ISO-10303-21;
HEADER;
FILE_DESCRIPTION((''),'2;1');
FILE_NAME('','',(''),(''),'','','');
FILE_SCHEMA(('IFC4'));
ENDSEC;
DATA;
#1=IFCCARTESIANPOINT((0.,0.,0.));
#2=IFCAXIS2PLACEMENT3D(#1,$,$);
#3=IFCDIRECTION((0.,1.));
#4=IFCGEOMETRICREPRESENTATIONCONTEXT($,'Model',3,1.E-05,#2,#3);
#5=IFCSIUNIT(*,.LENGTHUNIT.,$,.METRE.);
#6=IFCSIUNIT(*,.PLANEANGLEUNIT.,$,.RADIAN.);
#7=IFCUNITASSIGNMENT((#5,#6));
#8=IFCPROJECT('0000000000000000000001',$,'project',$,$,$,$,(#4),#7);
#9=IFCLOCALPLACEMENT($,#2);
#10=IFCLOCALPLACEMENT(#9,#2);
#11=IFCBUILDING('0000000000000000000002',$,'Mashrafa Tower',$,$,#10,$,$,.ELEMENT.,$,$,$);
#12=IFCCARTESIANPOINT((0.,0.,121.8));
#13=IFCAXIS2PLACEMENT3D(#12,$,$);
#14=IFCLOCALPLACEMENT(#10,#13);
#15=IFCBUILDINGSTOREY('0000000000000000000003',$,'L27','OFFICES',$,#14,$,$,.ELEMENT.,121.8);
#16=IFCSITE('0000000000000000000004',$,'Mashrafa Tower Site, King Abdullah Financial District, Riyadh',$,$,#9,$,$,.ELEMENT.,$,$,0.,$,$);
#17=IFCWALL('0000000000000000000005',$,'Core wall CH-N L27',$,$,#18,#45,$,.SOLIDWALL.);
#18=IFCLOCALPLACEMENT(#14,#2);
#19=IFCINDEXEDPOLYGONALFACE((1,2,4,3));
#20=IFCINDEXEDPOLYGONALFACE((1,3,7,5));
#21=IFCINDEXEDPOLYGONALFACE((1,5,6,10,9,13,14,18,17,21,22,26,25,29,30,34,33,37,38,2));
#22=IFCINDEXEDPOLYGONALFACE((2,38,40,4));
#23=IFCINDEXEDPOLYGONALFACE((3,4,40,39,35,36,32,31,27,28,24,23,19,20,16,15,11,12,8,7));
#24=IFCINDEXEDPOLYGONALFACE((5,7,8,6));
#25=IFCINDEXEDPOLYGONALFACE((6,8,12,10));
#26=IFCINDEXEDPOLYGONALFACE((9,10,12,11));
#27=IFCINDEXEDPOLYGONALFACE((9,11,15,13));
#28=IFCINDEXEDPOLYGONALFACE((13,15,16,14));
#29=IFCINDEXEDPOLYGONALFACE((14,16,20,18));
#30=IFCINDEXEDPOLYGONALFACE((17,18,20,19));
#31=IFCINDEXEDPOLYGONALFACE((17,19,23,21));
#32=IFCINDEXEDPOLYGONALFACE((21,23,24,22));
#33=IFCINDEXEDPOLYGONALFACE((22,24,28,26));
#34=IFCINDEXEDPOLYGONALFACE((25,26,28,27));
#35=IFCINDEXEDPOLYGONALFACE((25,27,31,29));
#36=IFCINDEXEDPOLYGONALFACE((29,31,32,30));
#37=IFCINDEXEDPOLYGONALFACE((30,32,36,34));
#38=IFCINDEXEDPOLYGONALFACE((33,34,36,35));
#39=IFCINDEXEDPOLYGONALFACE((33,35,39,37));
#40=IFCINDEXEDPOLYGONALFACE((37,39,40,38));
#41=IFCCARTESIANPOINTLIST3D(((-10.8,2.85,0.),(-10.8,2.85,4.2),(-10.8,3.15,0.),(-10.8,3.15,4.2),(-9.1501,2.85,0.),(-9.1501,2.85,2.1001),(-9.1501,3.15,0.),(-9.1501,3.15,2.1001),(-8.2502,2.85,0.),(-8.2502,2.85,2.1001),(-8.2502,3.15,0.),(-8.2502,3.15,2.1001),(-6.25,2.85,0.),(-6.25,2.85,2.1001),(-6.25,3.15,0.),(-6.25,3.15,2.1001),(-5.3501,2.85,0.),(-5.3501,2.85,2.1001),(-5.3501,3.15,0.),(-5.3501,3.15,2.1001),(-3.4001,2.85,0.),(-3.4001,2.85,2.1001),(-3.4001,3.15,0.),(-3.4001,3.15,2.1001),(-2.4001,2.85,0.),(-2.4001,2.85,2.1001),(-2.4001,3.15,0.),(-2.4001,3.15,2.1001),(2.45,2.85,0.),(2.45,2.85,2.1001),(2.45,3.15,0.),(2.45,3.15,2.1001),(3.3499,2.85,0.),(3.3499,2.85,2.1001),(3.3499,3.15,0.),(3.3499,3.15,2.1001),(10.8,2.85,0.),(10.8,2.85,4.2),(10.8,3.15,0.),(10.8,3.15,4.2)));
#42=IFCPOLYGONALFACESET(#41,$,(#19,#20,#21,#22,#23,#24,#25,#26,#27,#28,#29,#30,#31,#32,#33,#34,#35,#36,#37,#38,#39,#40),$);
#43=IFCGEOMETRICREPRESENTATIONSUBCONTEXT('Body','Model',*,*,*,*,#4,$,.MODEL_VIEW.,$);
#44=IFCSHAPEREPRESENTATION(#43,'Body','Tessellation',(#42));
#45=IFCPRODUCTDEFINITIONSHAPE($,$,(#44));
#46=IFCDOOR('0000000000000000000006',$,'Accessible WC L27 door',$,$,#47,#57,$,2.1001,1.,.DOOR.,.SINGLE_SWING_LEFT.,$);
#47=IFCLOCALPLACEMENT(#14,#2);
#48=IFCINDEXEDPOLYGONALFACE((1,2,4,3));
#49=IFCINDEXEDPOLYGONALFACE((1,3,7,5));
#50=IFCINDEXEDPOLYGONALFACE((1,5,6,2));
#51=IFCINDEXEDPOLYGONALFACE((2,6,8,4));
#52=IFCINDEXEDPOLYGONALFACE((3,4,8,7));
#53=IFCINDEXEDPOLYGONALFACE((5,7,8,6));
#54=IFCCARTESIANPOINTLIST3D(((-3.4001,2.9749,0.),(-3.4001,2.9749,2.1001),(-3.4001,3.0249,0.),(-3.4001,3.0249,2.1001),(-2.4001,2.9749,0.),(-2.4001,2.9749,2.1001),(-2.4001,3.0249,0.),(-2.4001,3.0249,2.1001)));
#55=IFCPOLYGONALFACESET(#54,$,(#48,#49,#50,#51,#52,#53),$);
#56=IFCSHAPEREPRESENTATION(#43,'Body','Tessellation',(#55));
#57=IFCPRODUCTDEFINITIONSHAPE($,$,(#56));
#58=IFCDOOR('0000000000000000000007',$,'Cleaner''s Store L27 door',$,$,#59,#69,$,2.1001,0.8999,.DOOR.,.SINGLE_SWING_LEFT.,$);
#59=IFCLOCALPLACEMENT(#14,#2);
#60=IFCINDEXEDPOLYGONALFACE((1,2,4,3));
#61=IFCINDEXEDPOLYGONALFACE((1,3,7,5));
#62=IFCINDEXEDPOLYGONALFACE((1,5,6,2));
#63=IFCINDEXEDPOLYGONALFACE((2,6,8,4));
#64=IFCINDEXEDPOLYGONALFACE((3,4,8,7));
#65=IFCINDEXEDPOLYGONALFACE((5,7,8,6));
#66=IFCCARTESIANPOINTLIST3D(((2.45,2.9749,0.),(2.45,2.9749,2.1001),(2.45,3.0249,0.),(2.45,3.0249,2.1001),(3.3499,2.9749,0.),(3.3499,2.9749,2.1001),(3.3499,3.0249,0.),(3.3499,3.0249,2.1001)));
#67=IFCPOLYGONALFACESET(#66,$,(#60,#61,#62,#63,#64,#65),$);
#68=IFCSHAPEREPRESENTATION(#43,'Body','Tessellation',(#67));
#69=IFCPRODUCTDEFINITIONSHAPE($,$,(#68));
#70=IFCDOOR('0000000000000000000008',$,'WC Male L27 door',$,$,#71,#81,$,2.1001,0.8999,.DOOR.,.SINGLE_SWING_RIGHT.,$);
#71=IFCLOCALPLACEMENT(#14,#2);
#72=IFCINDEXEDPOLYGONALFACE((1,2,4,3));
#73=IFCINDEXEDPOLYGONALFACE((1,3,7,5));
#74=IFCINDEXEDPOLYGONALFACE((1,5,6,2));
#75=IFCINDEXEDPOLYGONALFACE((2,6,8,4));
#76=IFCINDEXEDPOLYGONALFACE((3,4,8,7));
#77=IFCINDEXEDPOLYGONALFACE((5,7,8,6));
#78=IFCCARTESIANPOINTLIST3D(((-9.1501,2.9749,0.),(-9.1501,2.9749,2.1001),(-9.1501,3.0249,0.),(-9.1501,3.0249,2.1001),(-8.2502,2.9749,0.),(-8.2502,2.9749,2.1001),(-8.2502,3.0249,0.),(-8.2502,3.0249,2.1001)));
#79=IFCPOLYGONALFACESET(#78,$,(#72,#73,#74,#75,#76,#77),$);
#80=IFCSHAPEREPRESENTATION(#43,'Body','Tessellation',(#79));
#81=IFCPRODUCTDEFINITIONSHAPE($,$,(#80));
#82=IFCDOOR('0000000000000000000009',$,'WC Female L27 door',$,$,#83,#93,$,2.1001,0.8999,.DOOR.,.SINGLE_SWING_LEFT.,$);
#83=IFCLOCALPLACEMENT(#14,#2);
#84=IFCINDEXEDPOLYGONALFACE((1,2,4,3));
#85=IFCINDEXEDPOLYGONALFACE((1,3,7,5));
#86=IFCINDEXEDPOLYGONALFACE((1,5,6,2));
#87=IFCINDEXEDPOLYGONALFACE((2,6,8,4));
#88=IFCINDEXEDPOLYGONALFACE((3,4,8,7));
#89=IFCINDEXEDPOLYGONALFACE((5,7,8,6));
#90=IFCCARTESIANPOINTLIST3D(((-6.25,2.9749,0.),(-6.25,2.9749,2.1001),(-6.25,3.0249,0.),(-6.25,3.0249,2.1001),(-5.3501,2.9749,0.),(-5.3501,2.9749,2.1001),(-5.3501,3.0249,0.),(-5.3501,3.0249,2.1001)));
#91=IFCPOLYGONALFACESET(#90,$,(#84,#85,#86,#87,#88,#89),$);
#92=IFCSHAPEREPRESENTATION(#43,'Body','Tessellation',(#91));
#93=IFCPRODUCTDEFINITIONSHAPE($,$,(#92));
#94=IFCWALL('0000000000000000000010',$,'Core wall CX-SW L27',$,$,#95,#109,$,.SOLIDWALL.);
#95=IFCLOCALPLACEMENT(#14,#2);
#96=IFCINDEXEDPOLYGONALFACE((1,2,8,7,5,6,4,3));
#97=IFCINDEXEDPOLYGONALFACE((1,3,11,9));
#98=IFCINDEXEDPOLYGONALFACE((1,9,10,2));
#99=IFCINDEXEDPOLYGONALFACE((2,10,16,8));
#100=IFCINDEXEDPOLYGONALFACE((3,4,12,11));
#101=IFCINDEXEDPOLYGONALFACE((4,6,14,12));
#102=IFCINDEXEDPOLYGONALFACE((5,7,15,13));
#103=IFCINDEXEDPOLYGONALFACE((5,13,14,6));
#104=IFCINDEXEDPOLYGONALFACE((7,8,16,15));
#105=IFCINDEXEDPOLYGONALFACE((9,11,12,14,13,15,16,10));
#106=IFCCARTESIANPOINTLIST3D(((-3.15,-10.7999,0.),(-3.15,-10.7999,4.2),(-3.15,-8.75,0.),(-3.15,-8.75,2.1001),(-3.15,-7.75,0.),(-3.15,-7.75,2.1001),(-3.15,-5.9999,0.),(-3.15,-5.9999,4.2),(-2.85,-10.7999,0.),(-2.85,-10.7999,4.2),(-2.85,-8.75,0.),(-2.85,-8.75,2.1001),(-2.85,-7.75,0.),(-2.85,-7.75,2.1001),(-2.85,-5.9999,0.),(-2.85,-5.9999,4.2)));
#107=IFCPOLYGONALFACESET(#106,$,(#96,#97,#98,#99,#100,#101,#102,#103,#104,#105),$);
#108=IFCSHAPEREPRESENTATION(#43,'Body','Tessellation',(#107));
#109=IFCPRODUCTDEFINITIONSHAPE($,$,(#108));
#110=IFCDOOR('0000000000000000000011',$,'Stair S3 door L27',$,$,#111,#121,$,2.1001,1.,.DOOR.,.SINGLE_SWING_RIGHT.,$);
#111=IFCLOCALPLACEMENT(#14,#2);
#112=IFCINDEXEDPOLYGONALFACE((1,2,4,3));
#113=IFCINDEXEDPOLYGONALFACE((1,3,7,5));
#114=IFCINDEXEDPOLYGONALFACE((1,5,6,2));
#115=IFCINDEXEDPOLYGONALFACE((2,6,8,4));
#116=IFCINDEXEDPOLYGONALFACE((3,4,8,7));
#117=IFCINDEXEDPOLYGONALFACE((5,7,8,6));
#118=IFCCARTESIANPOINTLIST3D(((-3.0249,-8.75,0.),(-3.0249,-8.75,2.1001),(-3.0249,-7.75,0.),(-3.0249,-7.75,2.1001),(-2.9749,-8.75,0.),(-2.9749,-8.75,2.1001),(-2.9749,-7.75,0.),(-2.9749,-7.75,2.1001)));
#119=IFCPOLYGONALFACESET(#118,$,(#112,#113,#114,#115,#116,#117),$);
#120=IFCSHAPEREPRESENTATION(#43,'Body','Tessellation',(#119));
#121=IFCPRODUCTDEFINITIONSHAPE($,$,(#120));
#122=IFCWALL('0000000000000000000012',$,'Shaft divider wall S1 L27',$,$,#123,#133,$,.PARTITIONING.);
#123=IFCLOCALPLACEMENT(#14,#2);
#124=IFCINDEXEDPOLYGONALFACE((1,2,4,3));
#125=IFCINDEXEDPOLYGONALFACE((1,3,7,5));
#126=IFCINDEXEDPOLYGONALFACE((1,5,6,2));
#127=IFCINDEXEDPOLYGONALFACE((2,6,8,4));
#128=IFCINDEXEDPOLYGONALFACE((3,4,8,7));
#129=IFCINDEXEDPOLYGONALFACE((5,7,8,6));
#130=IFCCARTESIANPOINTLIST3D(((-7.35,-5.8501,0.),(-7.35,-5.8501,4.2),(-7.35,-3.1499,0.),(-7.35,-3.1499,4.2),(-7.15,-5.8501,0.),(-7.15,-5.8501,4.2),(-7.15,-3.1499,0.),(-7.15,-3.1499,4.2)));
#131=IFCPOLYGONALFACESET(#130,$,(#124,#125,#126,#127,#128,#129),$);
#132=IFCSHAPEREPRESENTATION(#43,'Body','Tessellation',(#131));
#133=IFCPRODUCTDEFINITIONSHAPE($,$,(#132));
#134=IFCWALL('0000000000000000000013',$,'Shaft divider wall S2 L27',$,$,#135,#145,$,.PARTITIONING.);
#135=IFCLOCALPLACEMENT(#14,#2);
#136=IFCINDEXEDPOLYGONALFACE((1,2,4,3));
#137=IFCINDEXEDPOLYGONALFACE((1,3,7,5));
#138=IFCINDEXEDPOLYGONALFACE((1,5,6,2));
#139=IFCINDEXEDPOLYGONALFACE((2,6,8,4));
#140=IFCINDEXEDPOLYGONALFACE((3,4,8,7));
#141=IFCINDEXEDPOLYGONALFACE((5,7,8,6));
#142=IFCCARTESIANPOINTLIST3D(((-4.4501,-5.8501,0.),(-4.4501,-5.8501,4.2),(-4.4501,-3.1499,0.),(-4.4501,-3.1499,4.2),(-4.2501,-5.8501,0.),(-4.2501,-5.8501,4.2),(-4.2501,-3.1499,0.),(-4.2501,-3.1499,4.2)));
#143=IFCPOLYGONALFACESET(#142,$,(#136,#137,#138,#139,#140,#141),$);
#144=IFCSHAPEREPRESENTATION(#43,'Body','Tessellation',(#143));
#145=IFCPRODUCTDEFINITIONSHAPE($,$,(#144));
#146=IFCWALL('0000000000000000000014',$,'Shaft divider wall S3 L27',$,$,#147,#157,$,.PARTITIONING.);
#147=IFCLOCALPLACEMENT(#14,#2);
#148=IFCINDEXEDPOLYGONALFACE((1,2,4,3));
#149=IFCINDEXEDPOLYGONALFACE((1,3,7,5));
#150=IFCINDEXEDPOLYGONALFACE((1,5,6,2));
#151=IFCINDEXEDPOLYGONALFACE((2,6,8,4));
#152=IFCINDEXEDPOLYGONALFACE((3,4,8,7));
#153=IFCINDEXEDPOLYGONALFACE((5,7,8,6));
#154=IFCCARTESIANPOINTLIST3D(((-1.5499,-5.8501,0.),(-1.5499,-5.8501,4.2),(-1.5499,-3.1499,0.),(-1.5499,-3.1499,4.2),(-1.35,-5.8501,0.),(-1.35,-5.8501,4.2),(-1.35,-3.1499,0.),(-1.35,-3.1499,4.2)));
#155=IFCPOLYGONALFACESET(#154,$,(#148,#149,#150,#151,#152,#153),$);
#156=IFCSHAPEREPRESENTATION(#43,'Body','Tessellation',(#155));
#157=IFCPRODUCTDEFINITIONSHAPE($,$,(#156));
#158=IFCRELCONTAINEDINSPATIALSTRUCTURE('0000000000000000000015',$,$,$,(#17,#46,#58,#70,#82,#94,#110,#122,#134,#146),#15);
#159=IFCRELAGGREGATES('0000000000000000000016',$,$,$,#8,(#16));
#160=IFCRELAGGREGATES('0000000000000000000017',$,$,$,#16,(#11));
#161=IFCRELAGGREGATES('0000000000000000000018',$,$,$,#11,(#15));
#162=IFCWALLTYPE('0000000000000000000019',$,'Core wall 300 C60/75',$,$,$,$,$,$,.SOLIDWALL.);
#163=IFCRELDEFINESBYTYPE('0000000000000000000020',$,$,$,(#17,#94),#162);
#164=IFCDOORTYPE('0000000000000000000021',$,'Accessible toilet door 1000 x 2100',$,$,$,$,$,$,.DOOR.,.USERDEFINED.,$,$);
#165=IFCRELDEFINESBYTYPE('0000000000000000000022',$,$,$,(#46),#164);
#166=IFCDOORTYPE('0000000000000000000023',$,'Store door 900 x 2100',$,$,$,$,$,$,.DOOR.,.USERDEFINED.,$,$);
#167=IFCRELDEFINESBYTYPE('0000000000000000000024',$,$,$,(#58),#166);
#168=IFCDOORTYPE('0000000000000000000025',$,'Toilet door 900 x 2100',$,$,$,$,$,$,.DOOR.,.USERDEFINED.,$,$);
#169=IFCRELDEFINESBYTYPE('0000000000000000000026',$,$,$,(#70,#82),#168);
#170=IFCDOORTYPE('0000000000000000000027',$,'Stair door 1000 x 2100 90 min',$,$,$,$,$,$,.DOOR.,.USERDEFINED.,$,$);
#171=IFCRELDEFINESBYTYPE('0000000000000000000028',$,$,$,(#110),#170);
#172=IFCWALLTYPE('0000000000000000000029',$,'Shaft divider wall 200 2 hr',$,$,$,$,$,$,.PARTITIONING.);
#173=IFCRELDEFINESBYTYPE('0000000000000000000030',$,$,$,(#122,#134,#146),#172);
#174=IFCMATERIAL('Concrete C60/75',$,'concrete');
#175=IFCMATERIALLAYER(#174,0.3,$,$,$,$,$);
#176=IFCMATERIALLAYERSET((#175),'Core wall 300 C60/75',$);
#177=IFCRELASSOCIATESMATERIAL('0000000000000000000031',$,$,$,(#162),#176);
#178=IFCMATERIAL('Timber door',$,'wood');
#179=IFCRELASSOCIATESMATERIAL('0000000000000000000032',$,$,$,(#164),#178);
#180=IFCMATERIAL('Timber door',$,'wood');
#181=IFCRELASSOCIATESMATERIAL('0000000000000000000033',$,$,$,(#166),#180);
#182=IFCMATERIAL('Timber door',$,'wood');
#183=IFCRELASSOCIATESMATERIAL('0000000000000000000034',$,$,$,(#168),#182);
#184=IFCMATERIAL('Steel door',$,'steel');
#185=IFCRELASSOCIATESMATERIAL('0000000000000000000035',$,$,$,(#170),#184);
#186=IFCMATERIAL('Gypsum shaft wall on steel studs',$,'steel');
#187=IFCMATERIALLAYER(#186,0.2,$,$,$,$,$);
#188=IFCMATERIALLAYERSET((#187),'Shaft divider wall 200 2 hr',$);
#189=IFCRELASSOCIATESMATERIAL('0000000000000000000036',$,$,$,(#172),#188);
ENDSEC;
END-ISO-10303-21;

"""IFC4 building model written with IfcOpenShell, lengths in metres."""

from ifc_helpers import new_model, si_unit, direction, frame, frame_2d, origin, place, context, subcontext, project, spatial, rectangle, extrude, material, layer, layer_set, type_object, element, fill, save


model = new_model("IFC4")

# Units and contexts
model_context = context("Model", 3, precision=1e-05, world=origin(), true_north=direction((0.0, 1.0)))
body_context = subcontext(model_context, "Body", "Model", "MODEL_VIEW")
ifc_project = project(units=[si_unit("LENGTHUNIT", "METRE"), si_unit("PLANEANGLEUNIT", "RADIAN")], contexts=[model_context])

# Site, building, storey
site_placement = place(None, origin())
site = spatial("IfcSite", under=ifc_project, at=site_placement, Name="Mashrafa Tower Site, King Abdullah Financial District, Riyadh", CompositionType="ELEMENT", RefElevation=0.0)
building_placement = place(site_placement, origin())
building = spatial("IfcBuilding", under=site, at=building_placement, Name="Mashrafa Tower", CompositionType="ELEMENT")
storey_placement = place(building_placement, frame((0.0, 0.0, 121.8)))
storey = spatial("IfcBuildingStorey", under=building, at=storey_placement, Name="L27", Description="OFFICES", CompositionType="ELEMENT", Elevation=121.8)

# Wall, openings, doors
ifc_material_1 = material(Name="Concrete C60/75", Category="concrete")
ifc_layer_1 = layer(ifc_material_1, 0.3)
ifc_layer_set_1 = layer_set([ifc_layer_1], Name="Core wall 300 C60/75")
wall_type_1 = type_object("IfcWallType", Name="Core wall 300 C60/75", PredefinedType="SOLIDWALL", material=ifc_layer_set_1)
wall_1_placement = place(storey_placement, frame((-10.8, 3.0, 0.0), z_axis=(0.0, 0.0, 1.0), x_axis=(1.0, 0.0, 0.0)))
wall_1 = element("IfcWall", 1, at=wall_1_placement, inside=storey, type_object=wall_type_1, Name="Core wall CH-N L27", PredefinedType="SOLIDWALL", context=body_context, shape_type="SweptSolid", body=[
    extrude(rectangle(XDim=21.6001, YDim=0.3, at=frame_2d((10.8, 0.0))), origin(), (0.0, 0.0, 1.0), 4.2),
])
opening_1_placement = place(wall_1_placement, frame((1.6499, 0.0, 0.0)))
opening_1 = element("IfcOpeningElement", 2, at=opening_1_placement, cuts=wall_1, PredefinedType="OPENING", context=body_context, shape_type="SweptSolid", body=[
    extrude(rectangle(XDim=0.8999, YDim=2.1001, at=frame_2d((0.45, 1.05))), frame((0.0, 0.1599, 0.0), z_axis=(0.0, -1.0, 0.0), x_axis=(1.0, 0.0, 0.0)), (0.0, 0.0, 1.0), 0.3201),
])
opening_2_placement = place(wall_1_placement, frame((4.55, 0.0, 0.0)))
opening_2 = element("IfcOpeningElement", 3, at=opening_2_placement, cuts=wall_1, PredefinedType="OPENING", context=body_context, shape_type="SweptSolid", body=[
    extrude(rectangle(XDim=0.8999, YDim=2.1001, at=frame_2d((0.45, 1.05))), frame((0.0, 0.1599, 0.0), z_axis=(0.0, -1.0, 0.0), x_axis=(1.0, 0.0, 0.0)), (0.0, 0.0, 1.0), 0.3201),
])
opening_3_placement = place(wall_1_placement, frame((7.3999, 0.0, 0.0)))
opening_3 = element("IfcOpeningElement", 4, at=opening_3_placement, cuts=wall_1, PredefinedType="OPENING", context=body_context, shape_type="SweptSolid", body=[
    extrude(rectangle(XDim=1.0, YDim=2.1001, at=frame_2d((0.5, 1.05))), frame((0.0, 0.1599, 0.0), z_axis=(0.0, -1.0, 0.0), x_axis=(1.0, 0.0, 0.0)), (0.0, 0.0, 1.0), 0.3201),
])
opening_4_placement = place(wall_1_placement, frame((13.25, 0.0, 0.0)))
opening_4 = element("IfcOpeningElement", 5, at=opening_4_placement, cuts=wall_1, PredefinedType="OPENING", context=body_context, shape_type="SweptSolid", body=[
    extrude(rectangle(XDim=0.8999, YDim=2.1001, at=frame_2d((0.45, 1.05))), frame((0.0, 0.1599, 0.0), z_axis=(0.0, -1.0, 0.0), x_axis=(1.0, 0.0, 0.0)), (0.0, 0.0, 1.0), 0.3201),
])
ifc_material_2 = material(Name="Timber door", Category="wood")
door_type_1 = type_object("IfcDoorType", Name="Accessible toilet door 1000 x 2100", OperationType="USERDEFINED", PredefinedType="DOOR", material=ifc_material_2)
door_1_placement = place(opening_3_placement, origin())
door_1 = element("IfcDoor", 6, at=door_1_placement, inside=storey, type_object=door_type_1, Name="Accessible WC L27 door", OperationType="SINGLE_SWING_LEFT", OverallHeight=2.1001, OverallWidth=1.0, PredefinedType="DOOR", context=body_context, shape_type="SweptSolid", body=[
    extrude(rectangle(XDim=1.0, YDim=2.1001, at=frame_2d((0.5, 1.05))), frame((0.0, 0.0249, 0.0), z_axis=(0.0, -1.0, 0.0), x_axis=(1.0, 0.0, 0.0)), (0.0, 0.0, 1.0), 0.05),
])
fill(opening_3, door_1)
ifc_material_3 = material(Name="Timber door", Category="wood")
door_type_2 = type_object("IfcDoorType", Name="Store door 900 x 2100", OperationType="USERDEFINED", PredefinedType="DOOR", material=ifc_material_3)
door_2_placement = place(opening_4_placement, origin())
door_2 = element("IfcDoor", 7, at=door_2_placement, inside=storey, type_object=door_type_2, Name="Cleaner's Store L27 door", OperationType="SINGLE_SWING_LEFT", OverallHeight=2.1001, OverallWidth=0.8999, PredefinedType="DOOR", context=body_context, shape_type="SweptSolid", body=[
    extrude(rectangle(XDim=0.8999, YDim=2.1001, at=frame_2d((0.45, 1.05))), frame((0.0, 0.0249, 0.0), z_axis=(0.0, -1.0, 0.0), x_axis=(1.0, 0.0, 0.0)), (0.0, 0.0, 1.0), 0.05),
])
fill(opening_4, door_2)
ifc_material_4 = material(Name="Timber door", Category="wood")
door_type_3 = type_object("IfcDoorType", Name="Toilet door 900 x 2100", OperationType="USERDEFINED", PredefinedType="DOOR", material=ifc_material_4)
door_3_placement = place(opening_1_placement, origin())
door_3 = element("IfcDoor", 8, at=door_3_placement, inside=storey, type_object=door_type_3, Name="WC Male L27 door", OperationType="SINGLE_SWING_RIGHT", OverallHeight=2.1001, OverallWidth=0.8999, PredefinedType="DOOR", context=body_context, shape_type="SweptSolid", body=[
    extrude(rectangle(XDim=0.8999, YDim=2.1001, at=frame_2d((0.45, 1.05))), frame((0.0, 0.0249, 0.0), z_axis=(0.0, -1.0, 0.0), x_axis=(1.0, 0.0, 0.0)), (0.0, 0.0, 1.0), 0.05),
])
fill(opening_1, door_3)
door_4_placement = place(opening_2_placement, origin())
door_4 = element("IfcDoor", 9, at=door_4_placement, inside=storey, type_object=door_type_3, Name="WC Female L27 door", OperationType="SINGLE_SWING_LEFT", OverallHeight=2.1001, OverallWidth=0.8999, PredefinedType="DOOR", context=body_context, shape_type="SweptSolid", body=[
    extrude(rectangle(XDim=0.8999, YDim=2.1001, at=frame_2d((0.45, 1.05))), frame((0.0, 0.0249, 0.0), z_axis=(0.0, -1.0, 0.0), x_axis=(1.0, 0.0, 0.0)), (0.0, 0.0, 1.0), 0.05),
])
fill(opening_2, door_4)

# Wall, opening, door
wall_2_placement = place(storey_placement, frame((-3.0, -6.0, 0.0), z_axis=(0.0, 0.0, 1.0), x_axis=(0.0, -1.0, 0.0)))
wall_2 = element("IfcWall", 10, at=wall_2_placement, inside=storey, type_object=wall_type_1, Name="Core wall CX-SW L27", PredefinedType="SOLIDWALL", context=body_context, shape_type="SweptSolid", body=[
    extrude(rectangle(XDim=4.8, YDim=0.3, at=frame_2d((2.3999, 0.0))), origin(), (0.0, 0.0, 1.0), 4.2),
])
opening_5_placement = place(wall_2_placement, frame((1.75, 0.0, 0.0)))
opening_5 = element("IfcOpeningElement", 11, at=opening_5_placement, cuts=wall_2, PredefinedType="OPENING", context=body_context, shape_type="SweptSolid", body=[
    extrude(rectangle(XDim=1.0, YDim=2.1001, at=frame_2d((0.5, 1.05))), frame((0.0, 0.1599, 0.0), z_axis=(0.0, -1.0, 0.0), x_axis=(1.0, 0.0, 0.0)), (0.0, 0.0, 1.0), 0.3201),
])
ifc_material_5 = material(Name="Steel door", Category="steel")
door_type_4 = type_object("IfcDoorType", Name="Stair door 1000 x 2100 90 min", OperationType="USERDEFINED", PredefinedType="DOOR", material=ifc_material_5)
door_5_placement = place(opening_5_placement, frame((1.0, 0.0, 0.0), z_axis=(0.0, 0.0, 1.0), x_axis=(-1.0, 0.0, 0.0)))
door_5 = element("IfcDoor", 12, at=door_5_placement, inside=storey, type_object=door_type_4, Name="Stair S3 door L27", OperationType="SINGLE_SWING_RIGHT", OverallHeight=2.1001, OverallWidth=1.0, PredefinedType="DOOR", context=body_context, shape_type="SweptSolid", body=[
    extrude(rectangle(XDim=1.0, YDim=2.1001, at=frame_2d((0.5, 1.05))), frame((0.0, 0.0249, 0.0), z_axis=(0.0, -1.0, 0.0), x_axis=(1.0, 0.0, 0.0)), (0.0, 0.0, 1.0), 0.05),
])
fill(opening_5, door_5)

# Walls
ifc_material_6 = material(Name="Gypsum shaft wall on steel studs", Category="steel")
ifc_layer_2 = layer(ifc_material_6, 0.2)
ifc_layer_set_2 = layer_set([ifc_layer_2], Name="Shaft divider wall 200 2 hr")
wall_type_2 = type_object("IfcWallType", Name="Shaft divider wall 200 2 hr", PredefinedType="PARTITIONING", material=ifc_layer_set_2)
for number, where, z_axis, x_axis, name in (
    (13, (-7.25, -5.8501, 0.0), (0.0, 0.0, 1.0), (0.0, 1.0, 0.0), "Shaft divider wall S1 L27"),
    (14, (-4.3501, -5.8501, 0.0), (0.0, 0.0, 1.0), (0.0, 1.0, 0.0), "Shaft divider wall S2 L27"),
    (15, (-1.45, -5.8501, 0.0), (0.0, 0.0, 1.0), (0.0, 1.0, 0.0), "Shaft divider wall S3 L27"),
):
    element("IfcWall", number, at=place(storey_placement, frame(where, z_axis=z_axis, x_axis=x_axis)), inside=storey, type_object=wall_type_2, Name=name, PredefinedType="PARTITIONING", context=body_context, shape_type="SweptSolid", body=[
        extrude(rectangle(XDim=2.7002, YDim=0.2, at=frame_2d((1.3501, 0.0))), origin(), (0.0, 0.0, 1.0), 4.2),
    ])

save(model, "model.ifc")
